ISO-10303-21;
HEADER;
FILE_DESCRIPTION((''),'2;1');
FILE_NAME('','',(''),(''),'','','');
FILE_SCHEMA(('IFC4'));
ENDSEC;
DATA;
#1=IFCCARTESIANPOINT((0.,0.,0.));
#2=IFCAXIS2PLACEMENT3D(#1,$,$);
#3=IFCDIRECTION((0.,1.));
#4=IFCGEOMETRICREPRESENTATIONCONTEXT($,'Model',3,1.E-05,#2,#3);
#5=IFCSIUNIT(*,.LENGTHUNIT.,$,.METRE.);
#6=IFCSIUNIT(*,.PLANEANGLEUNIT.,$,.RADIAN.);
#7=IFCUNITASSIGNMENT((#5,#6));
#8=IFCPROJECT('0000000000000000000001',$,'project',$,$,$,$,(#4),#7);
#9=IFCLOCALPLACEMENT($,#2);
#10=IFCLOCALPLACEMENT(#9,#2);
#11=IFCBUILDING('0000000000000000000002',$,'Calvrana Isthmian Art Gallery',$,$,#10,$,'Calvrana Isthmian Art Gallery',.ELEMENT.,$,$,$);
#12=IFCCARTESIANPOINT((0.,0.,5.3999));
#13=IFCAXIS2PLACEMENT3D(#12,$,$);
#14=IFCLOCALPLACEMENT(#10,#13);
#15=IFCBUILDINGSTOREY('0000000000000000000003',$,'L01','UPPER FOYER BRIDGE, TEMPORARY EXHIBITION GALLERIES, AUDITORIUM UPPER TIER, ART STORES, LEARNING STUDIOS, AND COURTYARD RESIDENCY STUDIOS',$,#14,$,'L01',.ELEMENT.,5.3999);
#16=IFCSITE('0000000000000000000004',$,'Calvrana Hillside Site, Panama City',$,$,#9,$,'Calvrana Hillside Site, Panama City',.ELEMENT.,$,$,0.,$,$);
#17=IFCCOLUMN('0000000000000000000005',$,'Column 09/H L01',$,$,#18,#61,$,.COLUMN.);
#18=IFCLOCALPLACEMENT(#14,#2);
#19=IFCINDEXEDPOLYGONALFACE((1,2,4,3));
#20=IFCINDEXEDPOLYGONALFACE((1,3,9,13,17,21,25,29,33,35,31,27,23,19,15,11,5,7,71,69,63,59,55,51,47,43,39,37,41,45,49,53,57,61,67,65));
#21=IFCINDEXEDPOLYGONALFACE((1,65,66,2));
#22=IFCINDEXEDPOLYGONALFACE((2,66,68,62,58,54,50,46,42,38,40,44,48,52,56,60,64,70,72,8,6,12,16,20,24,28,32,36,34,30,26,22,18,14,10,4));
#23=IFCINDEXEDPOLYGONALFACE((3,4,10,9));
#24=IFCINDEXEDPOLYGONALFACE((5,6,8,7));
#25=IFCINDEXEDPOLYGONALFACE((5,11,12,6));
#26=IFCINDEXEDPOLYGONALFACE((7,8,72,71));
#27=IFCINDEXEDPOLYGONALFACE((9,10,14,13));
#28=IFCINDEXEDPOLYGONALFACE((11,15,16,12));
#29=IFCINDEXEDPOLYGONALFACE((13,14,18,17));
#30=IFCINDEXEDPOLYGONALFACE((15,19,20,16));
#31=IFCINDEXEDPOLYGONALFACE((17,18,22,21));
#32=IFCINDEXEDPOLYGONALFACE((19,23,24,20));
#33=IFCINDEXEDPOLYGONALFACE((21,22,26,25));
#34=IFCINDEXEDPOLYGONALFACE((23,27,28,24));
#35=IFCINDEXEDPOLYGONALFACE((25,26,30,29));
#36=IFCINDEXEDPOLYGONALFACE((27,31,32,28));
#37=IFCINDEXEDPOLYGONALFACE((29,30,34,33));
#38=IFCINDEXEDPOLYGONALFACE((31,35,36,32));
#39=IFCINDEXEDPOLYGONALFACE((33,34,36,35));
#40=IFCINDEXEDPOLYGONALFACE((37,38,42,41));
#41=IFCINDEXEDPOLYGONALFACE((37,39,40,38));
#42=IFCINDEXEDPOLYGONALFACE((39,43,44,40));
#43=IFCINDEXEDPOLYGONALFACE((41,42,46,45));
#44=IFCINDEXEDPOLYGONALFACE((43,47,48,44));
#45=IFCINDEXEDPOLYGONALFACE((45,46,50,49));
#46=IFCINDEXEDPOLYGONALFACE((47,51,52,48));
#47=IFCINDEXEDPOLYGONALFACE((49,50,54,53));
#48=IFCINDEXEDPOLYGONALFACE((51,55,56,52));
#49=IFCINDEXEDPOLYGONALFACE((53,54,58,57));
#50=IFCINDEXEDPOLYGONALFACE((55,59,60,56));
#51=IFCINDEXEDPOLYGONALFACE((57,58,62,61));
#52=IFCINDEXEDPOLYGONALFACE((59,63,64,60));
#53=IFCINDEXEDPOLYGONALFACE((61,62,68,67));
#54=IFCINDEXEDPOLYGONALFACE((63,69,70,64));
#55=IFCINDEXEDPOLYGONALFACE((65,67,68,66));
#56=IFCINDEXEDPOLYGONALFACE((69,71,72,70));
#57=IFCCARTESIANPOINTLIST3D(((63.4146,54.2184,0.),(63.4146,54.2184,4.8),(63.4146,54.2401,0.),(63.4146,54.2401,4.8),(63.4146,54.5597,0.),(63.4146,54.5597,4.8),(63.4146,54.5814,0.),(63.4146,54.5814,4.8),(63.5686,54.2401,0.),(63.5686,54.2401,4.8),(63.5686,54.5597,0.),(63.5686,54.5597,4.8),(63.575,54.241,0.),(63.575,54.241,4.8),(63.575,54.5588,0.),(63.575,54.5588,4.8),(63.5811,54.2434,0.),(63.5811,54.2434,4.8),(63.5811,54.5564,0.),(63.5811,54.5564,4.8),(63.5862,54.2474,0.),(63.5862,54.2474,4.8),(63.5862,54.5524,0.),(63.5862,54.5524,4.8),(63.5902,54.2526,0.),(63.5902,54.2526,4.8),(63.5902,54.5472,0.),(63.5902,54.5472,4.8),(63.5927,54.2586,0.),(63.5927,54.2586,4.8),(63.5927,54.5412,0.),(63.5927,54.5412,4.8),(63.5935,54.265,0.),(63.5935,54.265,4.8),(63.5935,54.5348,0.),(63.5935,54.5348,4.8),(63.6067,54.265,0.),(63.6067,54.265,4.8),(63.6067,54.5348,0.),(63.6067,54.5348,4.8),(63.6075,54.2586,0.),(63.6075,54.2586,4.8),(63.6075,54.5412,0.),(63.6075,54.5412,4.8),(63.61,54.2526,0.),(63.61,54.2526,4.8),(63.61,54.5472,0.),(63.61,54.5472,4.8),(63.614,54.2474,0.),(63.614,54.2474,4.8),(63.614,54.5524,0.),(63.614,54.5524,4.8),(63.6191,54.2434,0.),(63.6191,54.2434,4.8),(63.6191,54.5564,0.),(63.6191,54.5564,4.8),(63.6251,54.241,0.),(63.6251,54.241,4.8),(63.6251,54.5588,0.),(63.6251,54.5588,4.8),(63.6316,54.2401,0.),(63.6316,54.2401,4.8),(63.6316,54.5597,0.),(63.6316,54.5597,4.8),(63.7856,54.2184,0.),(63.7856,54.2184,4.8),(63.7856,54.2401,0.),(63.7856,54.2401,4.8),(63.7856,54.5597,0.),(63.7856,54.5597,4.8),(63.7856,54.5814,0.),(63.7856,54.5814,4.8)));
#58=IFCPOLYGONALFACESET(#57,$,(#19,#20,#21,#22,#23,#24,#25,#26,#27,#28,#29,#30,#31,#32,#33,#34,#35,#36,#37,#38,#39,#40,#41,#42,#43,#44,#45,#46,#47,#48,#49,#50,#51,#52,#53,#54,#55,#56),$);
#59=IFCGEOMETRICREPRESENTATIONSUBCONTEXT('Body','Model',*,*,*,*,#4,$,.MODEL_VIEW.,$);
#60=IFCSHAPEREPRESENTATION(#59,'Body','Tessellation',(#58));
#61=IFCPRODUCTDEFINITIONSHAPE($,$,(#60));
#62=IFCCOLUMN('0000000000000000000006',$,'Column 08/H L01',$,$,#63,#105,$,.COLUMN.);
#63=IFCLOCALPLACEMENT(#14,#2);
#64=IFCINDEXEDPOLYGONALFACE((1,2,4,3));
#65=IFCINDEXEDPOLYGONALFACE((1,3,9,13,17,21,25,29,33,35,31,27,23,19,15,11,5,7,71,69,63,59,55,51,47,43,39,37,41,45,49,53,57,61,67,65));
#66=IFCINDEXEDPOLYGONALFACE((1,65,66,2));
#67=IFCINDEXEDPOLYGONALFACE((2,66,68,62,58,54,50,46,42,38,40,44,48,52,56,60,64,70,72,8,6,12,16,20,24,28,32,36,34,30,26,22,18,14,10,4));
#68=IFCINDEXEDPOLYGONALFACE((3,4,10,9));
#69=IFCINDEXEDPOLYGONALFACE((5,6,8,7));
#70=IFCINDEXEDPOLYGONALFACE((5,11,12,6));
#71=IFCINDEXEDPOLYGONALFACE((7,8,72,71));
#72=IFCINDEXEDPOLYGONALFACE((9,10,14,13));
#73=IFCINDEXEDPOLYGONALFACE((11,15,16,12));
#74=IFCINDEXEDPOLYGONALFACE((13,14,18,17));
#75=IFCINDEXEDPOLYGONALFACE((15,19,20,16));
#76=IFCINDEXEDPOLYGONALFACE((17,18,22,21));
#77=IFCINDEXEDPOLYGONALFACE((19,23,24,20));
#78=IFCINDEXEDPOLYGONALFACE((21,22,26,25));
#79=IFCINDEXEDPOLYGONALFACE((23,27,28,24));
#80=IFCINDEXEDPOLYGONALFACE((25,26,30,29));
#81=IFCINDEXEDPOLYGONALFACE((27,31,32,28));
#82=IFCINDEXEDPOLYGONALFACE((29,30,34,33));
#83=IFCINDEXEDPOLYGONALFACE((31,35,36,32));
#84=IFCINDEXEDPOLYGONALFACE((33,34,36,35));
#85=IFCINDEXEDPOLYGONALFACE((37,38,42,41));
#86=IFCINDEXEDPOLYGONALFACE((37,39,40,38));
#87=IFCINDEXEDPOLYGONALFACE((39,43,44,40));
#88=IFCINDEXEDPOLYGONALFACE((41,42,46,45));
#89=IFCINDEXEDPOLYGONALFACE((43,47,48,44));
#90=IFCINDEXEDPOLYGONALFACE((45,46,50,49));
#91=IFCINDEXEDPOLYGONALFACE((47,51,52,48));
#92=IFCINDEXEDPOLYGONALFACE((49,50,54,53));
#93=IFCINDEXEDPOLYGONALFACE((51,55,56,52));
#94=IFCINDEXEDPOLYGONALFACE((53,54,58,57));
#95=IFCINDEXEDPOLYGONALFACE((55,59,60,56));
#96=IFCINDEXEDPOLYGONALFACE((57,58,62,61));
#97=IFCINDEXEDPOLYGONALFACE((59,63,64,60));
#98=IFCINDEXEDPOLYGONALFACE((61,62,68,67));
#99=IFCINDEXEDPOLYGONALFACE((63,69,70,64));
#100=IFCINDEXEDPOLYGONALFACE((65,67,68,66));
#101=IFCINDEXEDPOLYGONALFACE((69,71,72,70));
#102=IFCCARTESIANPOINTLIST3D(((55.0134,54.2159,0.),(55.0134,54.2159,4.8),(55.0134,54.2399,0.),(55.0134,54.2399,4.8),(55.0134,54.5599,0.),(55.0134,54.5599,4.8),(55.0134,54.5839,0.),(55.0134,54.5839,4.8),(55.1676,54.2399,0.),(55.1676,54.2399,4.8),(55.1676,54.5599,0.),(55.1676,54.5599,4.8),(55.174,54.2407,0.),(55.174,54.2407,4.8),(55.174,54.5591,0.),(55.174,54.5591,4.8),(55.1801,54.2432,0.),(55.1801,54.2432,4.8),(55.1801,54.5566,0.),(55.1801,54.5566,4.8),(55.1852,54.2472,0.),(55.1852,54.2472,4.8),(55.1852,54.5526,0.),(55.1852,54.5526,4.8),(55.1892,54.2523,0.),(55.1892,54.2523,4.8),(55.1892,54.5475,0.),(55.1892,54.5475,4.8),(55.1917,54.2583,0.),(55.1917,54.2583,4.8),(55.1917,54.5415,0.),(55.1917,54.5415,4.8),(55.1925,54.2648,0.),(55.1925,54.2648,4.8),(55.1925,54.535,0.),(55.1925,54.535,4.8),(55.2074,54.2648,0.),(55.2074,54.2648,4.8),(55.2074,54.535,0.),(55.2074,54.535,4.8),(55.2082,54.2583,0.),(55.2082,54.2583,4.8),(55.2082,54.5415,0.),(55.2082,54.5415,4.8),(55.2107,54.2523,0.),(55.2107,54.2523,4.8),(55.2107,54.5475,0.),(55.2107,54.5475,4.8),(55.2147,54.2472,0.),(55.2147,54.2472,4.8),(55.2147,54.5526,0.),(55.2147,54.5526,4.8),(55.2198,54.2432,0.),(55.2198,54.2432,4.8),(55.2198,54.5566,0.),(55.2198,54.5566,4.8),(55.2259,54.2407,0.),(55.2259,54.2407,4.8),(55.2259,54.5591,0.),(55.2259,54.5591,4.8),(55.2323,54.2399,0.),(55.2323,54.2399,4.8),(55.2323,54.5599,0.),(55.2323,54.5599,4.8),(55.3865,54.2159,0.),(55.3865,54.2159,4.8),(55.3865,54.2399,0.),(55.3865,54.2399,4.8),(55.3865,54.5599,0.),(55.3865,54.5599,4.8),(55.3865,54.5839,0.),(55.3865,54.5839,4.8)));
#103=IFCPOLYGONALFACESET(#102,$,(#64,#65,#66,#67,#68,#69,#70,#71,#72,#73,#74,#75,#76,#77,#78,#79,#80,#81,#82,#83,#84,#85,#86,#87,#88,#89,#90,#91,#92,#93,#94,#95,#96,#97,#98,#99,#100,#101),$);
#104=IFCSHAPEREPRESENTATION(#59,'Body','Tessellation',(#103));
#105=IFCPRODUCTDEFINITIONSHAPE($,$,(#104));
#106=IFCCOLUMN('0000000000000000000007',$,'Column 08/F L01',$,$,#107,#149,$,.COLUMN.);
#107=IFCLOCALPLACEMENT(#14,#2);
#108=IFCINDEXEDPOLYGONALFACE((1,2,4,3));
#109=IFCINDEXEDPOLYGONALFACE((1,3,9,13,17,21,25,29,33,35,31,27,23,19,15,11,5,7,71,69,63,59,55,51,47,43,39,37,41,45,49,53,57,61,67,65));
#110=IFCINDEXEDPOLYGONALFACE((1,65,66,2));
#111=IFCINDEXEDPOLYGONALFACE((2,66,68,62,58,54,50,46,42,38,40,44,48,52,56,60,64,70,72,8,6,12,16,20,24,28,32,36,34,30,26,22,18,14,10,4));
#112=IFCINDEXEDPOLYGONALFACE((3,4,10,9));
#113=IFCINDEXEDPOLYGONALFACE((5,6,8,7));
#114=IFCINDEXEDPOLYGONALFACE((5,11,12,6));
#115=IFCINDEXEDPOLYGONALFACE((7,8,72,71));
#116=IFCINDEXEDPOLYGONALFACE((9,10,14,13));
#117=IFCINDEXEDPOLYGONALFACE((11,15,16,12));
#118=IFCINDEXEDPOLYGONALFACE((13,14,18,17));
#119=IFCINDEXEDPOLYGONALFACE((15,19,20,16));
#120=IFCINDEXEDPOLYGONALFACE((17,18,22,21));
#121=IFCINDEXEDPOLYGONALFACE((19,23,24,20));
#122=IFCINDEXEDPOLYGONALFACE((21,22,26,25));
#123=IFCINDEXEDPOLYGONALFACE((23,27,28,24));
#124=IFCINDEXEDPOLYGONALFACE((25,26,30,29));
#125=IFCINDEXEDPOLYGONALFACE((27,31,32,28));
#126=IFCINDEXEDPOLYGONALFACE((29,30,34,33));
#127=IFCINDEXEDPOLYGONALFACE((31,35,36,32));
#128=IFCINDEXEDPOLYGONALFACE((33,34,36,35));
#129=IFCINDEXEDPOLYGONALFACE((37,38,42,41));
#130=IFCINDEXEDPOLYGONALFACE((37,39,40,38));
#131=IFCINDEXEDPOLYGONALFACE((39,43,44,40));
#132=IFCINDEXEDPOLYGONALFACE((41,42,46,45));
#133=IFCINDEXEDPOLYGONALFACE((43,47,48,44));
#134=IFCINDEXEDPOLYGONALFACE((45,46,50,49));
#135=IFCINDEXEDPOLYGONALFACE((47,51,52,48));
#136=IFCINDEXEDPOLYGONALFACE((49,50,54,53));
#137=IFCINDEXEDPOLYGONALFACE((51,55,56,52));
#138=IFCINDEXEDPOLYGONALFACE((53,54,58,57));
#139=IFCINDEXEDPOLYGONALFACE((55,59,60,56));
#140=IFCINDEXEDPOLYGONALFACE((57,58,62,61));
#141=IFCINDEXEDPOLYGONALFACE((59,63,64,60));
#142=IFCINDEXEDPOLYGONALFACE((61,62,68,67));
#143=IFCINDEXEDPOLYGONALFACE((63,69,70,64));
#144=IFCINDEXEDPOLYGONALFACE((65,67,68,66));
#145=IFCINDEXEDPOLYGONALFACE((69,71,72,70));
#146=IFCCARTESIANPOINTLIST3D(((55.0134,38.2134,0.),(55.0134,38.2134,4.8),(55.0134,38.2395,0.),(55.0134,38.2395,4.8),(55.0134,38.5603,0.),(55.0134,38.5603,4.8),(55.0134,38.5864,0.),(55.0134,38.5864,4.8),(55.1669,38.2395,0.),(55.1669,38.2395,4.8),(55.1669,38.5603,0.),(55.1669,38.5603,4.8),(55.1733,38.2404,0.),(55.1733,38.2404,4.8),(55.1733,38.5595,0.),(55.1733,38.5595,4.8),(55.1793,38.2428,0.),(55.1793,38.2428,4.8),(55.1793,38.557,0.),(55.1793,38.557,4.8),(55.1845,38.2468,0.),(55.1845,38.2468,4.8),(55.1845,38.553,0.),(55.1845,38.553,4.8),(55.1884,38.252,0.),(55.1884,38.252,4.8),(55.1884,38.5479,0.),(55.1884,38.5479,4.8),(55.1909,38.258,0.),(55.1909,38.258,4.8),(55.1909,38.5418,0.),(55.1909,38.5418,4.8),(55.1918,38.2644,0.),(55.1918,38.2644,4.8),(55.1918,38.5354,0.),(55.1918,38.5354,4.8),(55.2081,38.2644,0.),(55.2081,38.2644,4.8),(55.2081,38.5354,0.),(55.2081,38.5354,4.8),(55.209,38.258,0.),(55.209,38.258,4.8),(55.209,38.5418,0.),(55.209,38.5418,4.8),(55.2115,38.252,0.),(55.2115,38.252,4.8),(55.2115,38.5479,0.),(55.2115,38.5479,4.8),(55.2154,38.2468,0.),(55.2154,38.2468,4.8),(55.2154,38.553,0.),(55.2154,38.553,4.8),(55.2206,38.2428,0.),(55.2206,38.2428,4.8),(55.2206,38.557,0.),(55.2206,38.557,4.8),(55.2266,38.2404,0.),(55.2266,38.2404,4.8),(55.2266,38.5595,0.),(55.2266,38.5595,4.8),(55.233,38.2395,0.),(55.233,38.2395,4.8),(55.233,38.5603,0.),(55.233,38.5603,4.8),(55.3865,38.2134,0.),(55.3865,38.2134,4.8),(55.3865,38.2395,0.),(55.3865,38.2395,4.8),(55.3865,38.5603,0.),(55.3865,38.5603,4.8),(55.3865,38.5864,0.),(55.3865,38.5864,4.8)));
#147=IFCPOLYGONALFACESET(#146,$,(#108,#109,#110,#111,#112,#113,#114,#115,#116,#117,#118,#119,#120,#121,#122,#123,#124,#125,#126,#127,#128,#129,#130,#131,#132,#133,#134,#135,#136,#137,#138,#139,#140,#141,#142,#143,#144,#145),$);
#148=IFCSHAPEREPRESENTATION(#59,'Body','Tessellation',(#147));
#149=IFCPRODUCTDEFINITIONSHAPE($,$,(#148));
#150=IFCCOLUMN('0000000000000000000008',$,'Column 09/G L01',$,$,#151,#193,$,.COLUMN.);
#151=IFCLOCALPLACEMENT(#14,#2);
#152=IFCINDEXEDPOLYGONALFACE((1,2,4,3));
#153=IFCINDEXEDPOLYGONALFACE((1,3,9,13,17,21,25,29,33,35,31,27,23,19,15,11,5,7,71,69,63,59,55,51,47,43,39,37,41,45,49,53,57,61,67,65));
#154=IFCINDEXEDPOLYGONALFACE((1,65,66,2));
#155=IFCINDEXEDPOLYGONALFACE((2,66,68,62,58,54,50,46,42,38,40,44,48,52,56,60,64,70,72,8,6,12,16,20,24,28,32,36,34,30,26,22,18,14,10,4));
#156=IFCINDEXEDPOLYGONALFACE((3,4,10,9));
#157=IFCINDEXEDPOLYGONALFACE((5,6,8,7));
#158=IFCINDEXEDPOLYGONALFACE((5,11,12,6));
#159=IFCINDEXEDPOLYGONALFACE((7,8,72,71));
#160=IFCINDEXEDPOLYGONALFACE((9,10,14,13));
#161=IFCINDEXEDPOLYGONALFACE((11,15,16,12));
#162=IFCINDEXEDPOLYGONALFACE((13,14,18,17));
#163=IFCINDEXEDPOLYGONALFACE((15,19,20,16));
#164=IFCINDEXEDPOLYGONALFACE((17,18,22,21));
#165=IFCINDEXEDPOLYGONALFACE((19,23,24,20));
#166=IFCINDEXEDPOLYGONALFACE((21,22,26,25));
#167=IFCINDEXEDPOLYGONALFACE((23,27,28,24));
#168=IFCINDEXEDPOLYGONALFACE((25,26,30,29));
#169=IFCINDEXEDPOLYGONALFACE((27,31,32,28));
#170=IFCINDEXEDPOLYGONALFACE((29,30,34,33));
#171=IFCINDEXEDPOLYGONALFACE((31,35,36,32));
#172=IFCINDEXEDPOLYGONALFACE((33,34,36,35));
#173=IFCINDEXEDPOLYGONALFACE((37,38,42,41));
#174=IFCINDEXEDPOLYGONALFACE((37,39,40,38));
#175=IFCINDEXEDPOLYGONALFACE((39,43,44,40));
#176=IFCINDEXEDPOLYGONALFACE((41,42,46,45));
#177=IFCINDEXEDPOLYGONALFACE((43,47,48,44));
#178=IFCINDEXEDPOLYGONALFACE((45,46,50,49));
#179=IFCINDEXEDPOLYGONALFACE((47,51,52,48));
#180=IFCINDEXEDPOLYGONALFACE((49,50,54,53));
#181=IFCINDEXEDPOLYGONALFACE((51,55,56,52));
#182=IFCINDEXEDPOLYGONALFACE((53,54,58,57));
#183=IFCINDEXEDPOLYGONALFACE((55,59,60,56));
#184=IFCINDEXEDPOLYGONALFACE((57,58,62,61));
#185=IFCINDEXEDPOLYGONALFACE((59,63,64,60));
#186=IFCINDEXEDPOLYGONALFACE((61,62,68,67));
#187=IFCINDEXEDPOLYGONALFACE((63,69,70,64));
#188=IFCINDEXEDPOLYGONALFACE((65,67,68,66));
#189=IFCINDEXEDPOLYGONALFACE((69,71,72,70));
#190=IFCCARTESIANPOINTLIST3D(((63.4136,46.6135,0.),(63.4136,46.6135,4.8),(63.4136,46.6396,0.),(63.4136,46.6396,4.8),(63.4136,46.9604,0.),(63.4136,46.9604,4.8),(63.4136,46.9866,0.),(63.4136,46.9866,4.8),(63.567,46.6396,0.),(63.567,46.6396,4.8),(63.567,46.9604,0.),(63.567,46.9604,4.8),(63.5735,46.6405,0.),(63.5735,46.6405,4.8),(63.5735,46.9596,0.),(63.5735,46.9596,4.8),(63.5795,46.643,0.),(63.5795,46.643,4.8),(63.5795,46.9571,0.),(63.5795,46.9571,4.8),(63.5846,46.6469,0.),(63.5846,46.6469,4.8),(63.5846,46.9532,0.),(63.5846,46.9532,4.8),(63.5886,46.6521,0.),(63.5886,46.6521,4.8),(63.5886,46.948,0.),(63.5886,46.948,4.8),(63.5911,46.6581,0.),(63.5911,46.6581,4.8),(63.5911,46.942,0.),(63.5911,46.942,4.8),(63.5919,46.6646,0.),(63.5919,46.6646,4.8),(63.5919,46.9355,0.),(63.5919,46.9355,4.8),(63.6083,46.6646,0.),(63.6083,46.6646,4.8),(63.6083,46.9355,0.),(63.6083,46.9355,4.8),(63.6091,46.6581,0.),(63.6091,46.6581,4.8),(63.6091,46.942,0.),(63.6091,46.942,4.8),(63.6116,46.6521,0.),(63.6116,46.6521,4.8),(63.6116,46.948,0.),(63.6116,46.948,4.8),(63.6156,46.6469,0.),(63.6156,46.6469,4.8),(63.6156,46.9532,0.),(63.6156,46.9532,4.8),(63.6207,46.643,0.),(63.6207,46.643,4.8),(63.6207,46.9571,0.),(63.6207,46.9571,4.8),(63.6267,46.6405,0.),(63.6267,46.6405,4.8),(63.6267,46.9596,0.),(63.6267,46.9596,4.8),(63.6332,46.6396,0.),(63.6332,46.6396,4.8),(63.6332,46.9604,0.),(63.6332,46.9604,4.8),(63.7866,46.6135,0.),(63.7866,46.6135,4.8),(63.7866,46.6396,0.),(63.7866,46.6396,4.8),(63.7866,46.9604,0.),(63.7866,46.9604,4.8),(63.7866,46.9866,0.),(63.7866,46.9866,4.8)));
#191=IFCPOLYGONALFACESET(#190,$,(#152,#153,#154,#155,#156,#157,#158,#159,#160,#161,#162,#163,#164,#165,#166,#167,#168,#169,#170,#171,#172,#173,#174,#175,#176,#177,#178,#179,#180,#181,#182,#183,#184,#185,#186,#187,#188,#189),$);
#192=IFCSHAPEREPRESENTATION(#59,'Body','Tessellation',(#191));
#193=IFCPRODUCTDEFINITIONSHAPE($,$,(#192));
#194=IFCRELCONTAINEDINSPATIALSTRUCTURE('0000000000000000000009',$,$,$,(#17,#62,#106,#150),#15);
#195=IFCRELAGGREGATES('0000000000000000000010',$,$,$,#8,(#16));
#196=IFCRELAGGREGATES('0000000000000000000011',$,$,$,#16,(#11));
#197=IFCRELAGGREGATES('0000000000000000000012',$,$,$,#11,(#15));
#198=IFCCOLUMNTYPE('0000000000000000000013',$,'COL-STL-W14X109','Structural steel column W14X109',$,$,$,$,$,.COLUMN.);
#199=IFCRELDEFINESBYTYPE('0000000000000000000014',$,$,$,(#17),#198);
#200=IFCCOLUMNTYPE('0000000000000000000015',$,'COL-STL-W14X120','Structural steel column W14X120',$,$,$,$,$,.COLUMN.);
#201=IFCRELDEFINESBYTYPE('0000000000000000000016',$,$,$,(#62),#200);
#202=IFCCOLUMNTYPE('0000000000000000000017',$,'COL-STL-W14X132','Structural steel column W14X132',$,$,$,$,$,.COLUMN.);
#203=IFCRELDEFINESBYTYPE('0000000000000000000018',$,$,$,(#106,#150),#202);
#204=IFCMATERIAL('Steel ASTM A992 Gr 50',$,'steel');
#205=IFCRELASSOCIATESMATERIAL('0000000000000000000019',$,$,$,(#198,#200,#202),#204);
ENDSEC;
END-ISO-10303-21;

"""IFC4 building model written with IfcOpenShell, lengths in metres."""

from ifc_helpers import new_model, si_unit, direction, frame, origin, origin_2d, place, context, subcontext, project, spatial, i_section, extrude, material, material_profile, profile_set, type_object, element, save


model = new_model("IFC4")

# Units and contexts
model_context = context("Model", 3, precision=1e-05, world=origin(), true_north=direction((0.0, 1.0)))
body_context = subcontext(model_context, "Body", "Model", "MODEL_VIEW")
ifc_project = project(units=[si_unit("LENGTHUNIT", "METRE"), si_unit("PLANEANGLEUNIT", "RADIAN")], contexts=[model_context])

# Site, building, storey
site_placement = place(None, origin())
site = spatial("IfcSite", under=ifc_project, at=site_placement, Name="Calvrana Hillside Site, Panama City", LongName="Calvrana Hillside Site, Panama City", CompositionType="ELEMENT", RefElevation=0.0)
building_placement = place(site_placement, origin())
building = spatial("IfcBuilding", under=site, at=building_placement, Name="Calvrana Isthmian Art Gallery", LongName="Calvrana Isthmian Art Gallery", CompositionType="ELEMENT")
storey_placement = place(building_placement, frame((0.0, 0.0, 5.3999)))
storey = spatial("IfcBuildingStorey", under=building, at=storey_placement, Name="L01", Description="UPPER FOYER BRIDGE, TEMPORARY EXHIBITION GALLERIES, AUDITORIUM UPPER TIER, ART STORES, LEARNING STUDIOS, AND COURTYARD RESIDENCY STUDIOS", LongName="L01", CompositionType="ELEMENT", Elevation=5.3999)

# Columns
ifc_material_1 = material(Name="Steel ASTM A992 Gr 50", Category="steel")
ifc_material_profile_1 = material_profile(ifc_material_1, i_section(OverallWidth=0.3711, OverallDepth=0.363, WebThickness=0.0132, FlangeThickness=0.0217, FilletRadius=0.0249, at=origin_2d()), Name="W14X109")
ifc_profile_set_1 = profile_set([ifc_material_profile_1], Name="Steel ASTM A992 Gr 50")
column_type_1 = type_object("IfcColumnType", Name="COL-STL-W14X109", Description="Structural steel column W14X109", PredefinedType="COLUMN", material=ifc_profile_set_1)
column_1_placement = place(storey_placement, frame((63.6001, 54.3999, 0.0), z_axis=(0.0, 0.0, 1.0), x_axis=(1.0, 0.0, 0.0)))
element("IfcColumn", 1, at=column_1_placement, inside=storey, type_object=column_type_1, Name="Column 09/H L01", PredefinedType="COLUMN", context=body_context, shape_type="SweptSolid", body=[
    extrude(i_section(OverallWidth=0.3711, OverallDepth=0.363, WebThickness=0.0132, FlangeThickness=0.0217, FilletRadius=0.0249, at=origin_2d()), origin(), (0.0, 0.0, 1.0), 4.8),
])
ifc_material_profile_2 = material_profile(ifc_material_1, i_section(OverallWidth=0.373, OverallDepth=0.3679, WebThickness=0.0149, FlangeThickness=0.0239, FilletRadius=0.0249, at=origin_2d()), Name="W14X120")
ifc_profile_set_2 = profile_set([ifc_material_profile_2], Name="Steel ASTM A992 Gr 50")
column_type_2 = type_object("IfcColumnType", Name="COL-STL-W14X120", Description="Structural steel column W14X120", PredefinedType="COLUMN", material=ifc_profile_set_2)
column_2_placement = place(storey_placement, frame((55.2, 54.3999, 0.0), z_axis=(0.0, 0.0, 1.0), x_axis=(1.0, 0.0, 0.0)))
element("IfcColumn", 2, at=column_2_placement, inside=storey, type_object=column_type_2, Name="Column 08/H L01", PredefinedType="COLUMN", context=body_context, shape_type="SweptSolid", body=[
    extrude(i_section(OverallWidth=0.373, OverallDepth=0.3679, WebThickness=0.0149, FlangeThickness=0.0239, FilletRadius=0.0249, at=origin_2d()), origin(), (0.0, 0.0, 1.0), 4.8),
])
ifc_material_profile_3 = material_profile(ifc_material_1, i_section(OverallWidth=0.373, OverallDepth=0.373, WebThickness=0.0164, FlangeThickness=0.0261, FilletRadius=0.0249, at=origin_2d()), Name="W14X132")
ifc_profile_set_3 = profile_set([ifc_material_profile_3], Name="Steel ASTM A992 Gr 50")
column_type_3 = type_object("IfcColumnType", Name="COL-STL-W14X132", Description="Structural steel column W14X132", PredefinedType="COLUMN", material=ifc_profile_set_3)
for number, where, z_axis, x_axis, name in (
    (3, (55.2, 38.3999, 0.0), (0.0, 0.0, 1.0), (1.0, 0.0, 0.0), "Column 08/F L01"),
    (4, (63.6001, 46.8, 0.0), (0.0, 0.0, 1.0), (1.0, 0.0, 0.0), "Column 09/G L01"),
):
    element("IfcColumn", number, at=place(storey_placement, frame(where, z_axis=z_axis, x_axis=x_axis)), inside=storey, type_object=column_type_3, Name=name, PredefinedType="COLUMN", context=body_context, shape_type="SweptSolid", body=[
        extrude(i_section(OverallWidth=0.373, OverallDepth=0.373, WebThickness=0.0164, FlangeThickness=0.0261, FilletRadius=0.0249, at=origin_2d()), origin(), (0.0, 0.0, 1.0), 4.8),
    ])

save(model, "model.ifc")
